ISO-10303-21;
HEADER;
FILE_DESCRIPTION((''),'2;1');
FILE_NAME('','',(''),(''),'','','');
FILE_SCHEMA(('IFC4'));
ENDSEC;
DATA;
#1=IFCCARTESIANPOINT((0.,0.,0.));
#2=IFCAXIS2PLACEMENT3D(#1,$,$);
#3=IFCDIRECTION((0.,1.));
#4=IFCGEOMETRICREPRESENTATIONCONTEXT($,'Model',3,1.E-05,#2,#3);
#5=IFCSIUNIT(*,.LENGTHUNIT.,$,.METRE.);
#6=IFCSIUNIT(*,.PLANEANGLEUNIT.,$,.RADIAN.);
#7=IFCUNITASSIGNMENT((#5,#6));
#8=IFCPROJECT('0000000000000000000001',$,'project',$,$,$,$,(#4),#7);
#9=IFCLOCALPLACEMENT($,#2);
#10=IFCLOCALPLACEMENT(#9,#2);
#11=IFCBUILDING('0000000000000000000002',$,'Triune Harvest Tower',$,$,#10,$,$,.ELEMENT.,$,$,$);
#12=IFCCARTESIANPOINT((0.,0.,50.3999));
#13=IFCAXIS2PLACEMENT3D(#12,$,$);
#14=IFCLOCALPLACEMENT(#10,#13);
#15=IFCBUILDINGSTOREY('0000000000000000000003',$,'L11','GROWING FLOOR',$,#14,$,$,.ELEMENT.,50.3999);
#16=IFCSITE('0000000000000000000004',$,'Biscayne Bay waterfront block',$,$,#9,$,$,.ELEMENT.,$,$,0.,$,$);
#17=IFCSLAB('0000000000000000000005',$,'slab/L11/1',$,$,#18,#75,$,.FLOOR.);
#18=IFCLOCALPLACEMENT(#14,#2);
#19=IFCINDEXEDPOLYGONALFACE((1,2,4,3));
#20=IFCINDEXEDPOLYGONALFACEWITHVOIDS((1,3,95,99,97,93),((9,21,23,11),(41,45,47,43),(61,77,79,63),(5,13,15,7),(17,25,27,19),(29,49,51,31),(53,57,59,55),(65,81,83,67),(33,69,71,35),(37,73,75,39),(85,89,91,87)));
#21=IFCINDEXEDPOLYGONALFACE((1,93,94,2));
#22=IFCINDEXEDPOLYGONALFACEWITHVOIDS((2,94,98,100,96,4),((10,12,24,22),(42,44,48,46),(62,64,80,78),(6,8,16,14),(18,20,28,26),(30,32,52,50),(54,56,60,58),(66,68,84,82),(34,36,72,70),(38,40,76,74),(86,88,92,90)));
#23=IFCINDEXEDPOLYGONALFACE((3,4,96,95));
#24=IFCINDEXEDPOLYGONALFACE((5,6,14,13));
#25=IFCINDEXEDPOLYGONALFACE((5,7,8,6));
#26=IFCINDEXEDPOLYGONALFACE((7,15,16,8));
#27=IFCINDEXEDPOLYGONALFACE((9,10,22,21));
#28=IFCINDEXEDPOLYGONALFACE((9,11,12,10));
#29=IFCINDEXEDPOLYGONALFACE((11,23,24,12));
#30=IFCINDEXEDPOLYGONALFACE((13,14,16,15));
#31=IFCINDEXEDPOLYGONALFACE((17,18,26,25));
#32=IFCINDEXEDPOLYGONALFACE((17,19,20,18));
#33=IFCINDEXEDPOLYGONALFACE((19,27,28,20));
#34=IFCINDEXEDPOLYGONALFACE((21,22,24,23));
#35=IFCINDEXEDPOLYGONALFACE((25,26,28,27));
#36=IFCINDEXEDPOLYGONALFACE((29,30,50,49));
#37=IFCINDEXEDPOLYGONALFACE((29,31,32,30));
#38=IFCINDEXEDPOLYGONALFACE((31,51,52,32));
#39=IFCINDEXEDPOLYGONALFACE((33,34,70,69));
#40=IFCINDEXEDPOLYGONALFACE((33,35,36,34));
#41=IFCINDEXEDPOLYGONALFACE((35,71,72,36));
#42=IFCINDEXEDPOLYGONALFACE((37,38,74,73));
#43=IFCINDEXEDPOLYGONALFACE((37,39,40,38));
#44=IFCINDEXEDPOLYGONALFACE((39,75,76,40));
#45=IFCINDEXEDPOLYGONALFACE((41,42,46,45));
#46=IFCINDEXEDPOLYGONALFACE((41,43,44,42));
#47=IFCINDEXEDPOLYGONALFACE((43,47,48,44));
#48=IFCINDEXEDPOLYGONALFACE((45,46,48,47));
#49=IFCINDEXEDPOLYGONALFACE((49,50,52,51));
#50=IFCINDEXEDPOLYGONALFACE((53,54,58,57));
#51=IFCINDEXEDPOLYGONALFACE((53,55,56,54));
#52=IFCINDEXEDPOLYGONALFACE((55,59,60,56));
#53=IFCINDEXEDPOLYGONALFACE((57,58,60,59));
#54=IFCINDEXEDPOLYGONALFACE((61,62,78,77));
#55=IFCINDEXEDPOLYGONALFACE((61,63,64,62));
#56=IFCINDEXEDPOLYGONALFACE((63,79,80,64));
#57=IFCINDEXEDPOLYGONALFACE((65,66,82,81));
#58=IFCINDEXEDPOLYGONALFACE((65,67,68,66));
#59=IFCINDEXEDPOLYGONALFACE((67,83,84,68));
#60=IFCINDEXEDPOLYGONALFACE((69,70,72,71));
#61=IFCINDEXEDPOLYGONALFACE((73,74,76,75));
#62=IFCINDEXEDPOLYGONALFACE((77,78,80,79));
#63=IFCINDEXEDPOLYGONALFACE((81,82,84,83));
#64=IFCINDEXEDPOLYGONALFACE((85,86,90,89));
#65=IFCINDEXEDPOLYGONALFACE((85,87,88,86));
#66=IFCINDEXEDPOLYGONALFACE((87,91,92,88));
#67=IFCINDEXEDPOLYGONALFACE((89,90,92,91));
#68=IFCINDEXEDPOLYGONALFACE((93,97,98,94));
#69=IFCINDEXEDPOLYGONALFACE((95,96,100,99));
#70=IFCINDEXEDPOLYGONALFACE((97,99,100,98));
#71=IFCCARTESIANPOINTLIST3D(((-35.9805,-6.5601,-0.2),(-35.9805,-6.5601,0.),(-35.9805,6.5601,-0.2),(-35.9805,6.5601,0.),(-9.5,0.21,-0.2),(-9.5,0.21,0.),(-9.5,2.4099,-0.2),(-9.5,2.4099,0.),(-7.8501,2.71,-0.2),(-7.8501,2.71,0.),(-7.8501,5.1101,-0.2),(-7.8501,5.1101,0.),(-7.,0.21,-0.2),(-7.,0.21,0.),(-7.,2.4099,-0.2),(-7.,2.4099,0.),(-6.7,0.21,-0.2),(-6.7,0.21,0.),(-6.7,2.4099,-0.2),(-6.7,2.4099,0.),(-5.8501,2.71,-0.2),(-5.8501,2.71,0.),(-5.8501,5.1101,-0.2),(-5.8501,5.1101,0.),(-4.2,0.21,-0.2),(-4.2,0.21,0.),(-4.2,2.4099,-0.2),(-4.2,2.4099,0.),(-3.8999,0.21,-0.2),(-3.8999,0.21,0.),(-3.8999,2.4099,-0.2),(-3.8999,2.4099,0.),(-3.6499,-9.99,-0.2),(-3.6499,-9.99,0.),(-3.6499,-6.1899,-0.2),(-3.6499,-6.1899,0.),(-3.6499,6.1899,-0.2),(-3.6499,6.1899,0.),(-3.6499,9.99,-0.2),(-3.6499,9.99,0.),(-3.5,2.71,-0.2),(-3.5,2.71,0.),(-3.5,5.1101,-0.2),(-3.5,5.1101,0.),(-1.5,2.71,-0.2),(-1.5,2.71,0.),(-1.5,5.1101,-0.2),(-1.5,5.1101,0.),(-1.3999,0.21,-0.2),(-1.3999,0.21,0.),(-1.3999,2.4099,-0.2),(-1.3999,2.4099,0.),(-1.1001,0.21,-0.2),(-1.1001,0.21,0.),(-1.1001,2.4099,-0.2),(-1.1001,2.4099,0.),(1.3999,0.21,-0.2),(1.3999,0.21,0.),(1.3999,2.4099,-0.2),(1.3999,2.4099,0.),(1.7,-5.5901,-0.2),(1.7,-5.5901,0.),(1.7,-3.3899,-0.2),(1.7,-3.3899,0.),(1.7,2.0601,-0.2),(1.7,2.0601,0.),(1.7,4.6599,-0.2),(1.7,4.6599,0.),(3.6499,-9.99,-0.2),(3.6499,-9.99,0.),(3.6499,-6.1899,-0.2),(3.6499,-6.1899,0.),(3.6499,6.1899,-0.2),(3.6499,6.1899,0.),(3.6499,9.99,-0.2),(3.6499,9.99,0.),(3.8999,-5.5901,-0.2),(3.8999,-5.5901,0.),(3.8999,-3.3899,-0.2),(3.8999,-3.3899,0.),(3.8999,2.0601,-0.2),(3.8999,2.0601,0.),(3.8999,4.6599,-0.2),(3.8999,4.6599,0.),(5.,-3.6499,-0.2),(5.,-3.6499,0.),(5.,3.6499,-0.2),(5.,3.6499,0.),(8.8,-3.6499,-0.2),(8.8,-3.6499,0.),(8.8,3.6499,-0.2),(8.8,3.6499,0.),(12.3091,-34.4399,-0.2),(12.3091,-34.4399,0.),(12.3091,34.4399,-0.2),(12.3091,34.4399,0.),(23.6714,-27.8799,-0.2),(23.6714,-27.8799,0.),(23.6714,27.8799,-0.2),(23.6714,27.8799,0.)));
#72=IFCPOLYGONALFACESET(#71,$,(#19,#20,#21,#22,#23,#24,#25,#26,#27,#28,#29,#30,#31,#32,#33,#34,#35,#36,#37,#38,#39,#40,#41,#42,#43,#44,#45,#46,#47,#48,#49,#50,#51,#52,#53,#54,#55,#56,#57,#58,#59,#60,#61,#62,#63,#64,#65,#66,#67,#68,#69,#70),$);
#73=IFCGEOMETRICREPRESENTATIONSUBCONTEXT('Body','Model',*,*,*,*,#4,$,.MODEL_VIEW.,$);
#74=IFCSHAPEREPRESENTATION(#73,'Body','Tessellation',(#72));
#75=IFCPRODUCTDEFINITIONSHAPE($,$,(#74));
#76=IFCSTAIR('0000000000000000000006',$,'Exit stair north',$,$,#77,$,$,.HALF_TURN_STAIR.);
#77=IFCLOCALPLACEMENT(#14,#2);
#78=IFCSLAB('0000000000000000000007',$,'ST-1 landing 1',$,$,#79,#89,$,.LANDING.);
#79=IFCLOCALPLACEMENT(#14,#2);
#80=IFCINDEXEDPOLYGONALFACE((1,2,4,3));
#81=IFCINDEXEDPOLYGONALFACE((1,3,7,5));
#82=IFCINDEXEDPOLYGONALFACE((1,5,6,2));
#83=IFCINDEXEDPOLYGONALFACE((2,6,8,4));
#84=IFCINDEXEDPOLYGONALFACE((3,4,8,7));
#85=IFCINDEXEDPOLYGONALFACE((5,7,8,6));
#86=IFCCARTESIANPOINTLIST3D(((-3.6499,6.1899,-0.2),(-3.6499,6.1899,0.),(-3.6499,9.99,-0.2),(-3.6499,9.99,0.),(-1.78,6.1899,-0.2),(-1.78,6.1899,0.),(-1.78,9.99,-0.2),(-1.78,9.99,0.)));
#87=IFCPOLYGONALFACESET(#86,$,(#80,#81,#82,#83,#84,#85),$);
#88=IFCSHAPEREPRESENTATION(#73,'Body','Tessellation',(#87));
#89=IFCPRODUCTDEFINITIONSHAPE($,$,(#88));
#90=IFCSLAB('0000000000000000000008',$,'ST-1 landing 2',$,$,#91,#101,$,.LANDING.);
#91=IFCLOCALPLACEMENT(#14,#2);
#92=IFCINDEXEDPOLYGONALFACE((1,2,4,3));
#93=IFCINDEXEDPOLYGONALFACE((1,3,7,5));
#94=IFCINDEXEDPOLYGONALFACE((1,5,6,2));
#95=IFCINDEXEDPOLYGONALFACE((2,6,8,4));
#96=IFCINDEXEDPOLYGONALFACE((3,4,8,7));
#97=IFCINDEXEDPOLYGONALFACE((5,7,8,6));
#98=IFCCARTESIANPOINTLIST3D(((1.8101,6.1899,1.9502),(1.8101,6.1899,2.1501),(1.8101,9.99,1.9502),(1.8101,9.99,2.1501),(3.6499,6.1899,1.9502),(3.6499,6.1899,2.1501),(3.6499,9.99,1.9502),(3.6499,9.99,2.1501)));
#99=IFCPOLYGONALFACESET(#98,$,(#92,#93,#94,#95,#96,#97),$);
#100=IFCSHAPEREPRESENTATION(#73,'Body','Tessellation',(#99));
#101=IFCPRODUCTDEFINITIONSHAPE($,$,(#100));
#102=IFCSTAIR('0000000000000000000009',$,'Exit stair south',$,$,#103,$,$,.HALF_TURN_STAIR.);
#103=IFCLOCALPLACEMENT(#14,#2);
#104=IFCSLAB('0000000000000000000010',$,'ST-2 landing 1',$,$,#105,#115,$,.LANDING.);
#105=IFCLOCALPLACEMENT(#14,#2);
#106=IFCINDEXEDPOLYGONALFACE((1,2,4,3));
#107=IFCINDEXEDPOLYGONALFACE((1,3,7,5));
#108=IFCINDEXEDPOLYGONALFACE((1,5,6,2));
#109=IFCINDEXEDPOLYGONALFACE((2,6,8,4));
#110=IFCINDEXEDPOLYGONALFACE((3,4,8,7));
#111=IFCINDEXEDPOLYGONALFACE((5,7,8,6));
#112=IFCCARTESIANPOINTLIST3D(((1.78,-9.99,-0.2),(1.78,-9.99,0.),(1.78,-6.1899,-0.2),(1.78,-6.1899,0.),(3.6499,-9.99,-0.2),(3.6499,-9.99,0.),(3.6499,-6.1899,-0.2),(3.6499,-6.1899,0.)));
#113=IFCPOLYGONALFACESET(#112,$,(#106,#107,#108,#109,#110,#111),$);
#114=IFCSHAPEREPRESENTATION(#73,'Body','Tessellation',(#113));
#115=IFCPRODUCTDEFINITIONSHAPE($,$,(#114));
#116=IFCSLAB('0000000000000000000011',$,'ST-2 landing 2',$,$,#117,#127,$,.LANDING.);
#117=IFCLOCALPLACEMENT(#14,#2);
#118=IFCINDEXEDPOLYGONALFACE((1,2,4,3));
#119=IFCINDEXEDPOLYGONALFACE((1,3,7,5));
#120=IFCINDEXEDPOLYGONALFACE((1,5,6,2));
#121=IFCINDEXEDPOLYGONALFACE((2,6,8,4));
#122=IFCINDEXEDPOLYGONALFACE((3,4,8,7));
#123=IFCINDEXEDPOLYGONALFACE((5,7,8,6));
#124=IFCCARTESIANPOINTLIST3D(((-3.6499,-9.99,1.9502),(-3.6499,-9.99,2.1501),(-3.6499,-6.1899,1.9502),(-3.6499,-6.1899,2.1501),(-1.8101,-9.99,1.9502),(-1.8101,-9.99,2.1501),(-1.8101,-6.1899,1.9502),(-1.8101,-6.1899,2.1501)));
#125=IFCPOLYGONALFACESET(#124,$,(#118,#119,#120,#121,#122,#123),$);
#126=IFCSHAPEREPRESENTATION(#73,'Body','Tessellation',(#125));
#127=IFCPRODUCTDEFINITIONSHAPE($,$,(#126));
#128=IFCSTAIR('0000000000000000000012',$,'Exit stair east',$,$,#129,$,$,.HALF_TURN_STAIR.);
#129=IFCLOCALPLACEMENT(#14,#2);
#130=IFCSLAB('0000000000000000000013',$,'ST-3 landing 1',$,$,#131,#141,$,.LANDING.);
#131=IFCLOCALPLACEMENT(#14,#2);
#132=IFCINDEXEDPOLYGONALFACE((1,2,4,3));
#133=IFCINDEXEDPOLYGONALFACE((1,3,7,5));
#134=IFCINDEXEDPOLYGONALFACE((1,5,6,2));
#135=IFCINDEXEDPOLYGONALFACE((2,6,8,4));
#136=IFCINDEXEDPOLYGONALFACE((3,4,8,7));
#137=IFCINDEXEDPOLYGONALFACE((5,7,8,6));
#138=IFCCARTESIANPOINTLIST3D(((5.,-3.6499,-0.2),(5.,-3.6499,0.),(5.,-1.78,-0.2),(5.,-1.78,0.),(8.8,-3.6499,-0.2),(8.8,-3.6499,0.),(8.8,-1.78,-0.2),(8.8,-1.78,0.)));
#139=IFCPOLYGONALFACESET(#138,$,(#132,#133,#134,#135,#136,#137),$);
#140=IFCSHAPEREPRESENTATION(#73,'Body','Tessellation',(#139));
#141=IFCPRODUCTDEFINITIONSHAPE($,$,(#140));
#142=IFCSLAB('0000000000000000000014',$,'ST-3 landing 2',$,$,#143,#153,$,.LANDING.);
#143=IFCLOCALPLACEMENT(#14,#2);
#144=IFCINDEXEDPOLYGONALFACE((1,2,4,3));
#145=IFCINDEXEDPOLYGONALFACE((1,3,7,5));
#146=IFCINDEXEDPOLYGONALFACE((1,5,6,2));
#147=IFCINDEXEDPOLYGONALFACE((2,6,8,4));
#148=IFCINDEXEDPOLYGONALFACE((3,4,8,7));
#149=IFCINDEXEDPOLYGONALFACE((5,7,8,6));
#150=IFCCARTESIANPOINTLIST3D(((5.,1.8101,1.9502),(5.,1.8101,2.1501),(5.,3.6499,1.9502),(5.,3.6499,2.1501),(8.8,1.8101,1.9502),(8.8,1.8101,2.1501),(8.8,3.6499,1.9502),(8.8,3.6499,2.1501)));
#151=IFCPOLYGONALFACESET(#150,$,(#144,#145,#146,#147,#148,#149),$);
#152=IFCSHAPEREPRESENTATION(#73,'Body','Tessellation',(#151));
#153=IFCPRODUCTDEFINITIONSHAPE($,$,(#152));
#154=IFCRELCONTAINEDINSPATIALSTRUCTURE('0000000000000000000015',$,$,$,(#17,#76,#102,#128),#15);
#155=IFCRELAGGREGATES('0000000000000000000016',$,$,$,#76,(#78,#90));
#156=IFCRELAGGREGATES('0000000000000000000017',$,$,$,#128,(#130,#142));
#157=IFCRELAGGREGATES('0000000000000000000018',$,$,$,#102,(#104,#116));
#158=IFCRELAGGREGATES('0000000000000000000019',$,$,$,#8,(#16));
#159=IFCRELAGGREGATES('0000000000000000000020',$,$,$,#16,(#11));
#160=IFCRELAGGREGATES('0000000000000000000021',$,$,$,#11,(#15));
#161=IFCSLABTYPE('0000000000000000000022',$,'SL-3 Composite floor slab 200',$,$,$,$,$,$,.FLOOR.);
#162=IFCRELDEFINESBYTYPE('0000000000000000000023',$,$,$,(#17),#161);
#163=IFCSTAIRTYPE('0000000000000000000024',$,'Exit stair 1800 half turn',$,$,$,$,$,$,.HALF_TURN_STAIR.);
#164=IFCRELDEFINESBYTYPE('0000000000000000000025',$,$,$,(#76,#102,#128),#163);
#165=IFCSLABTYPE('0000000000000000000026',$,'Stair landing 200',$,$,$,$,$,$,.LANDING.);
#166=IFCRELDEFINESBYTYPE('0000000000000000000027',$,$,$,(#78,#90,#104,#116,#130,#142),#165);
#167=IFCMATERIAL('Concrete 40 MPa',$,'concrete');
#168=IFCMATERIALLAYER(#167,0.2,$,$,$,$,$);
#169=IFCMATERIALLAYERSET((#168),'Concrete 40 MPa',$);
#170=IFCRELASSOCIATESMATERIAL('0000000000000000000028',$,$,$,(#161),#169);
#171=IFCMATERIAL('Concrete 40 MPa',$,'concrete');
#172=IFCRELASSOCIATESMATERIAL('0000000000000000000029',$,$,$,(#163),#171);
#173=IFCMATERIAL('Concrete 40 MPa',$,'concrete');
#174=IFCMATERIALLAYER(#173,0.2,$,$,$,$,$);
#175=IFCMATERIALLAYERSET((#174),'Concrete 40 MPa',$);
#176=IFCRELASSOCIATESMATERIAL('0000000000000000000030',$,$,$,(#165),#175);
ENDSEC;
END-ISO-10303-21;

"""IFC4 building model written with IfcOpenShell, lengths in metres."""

from ifc_helpers import new_model, si_unit, direction, frame, origin, place, context, subcontext, project, spatial, polyline, outline, extrude, source, transform, mapped, material, layer, layer_set, type_object, element, aggregate, save


model = new_model("IFC4")

# Units and contexts
model_context = context("Model", 3, precision=1e-05, world=origin(), true_north=direction((0.0, 1.0)))
body_context = subcontext(model_context, "Body", "Model", "MODEL_VIEW")
ifc_project = project(units=[si_unit("LENGTHUNIT", "METRE"), si_unit("PLANEANGLEUNIT", "RADIAN")], contexts=[model_context])

# Site, building, storey
site_placement = place(None, origin())
site = spatial("IfcSite", under=ifc_project, at=site_placement, Name="Biscayne Bay waterfront block", CompositionType="ELEMENT", RefElevation=0.0)
building_placement = place(site_placement, origin())
building = spatial("IfcBuilding", under=site, at=building_placement, Name="Triune Harvest Tower", CompositionType="ELEMENT")
storey_placement = place(building_placement, frame((0.0, 0.0, 50.3999)))
storey = spatial("IfcBuildingStorey", under=building, at=storey_placement, Name="L11", Description="GROWING FLOOR", CompositionType="ELEMENT", Elevation=50.3999)

# Slab
ifc_material_1 = material(Name="Concrete 40 MPa", Category="concrete")
ifc_layer_1 = layer(ifc_material_1, 0.2)
ifc_layer_set_1 = layer_set([ifc_layer_1], Name="Concrete 40 MPa")
slab_type_1 = type_object("IfcSlabType", Name="SL-3 Composite floor slab 200", PredefinedType="FLOOR", material=ifc_layer_set_1)
shared_shape_1 = source(origin(), body_context, "Body", "SweptSolid", [
    extrude(outline(polyline([(23.6714, -27.8799), (23.6714, 27.8799), (12.3091, 34.4399), (-35.9805, 6.5601), (-35.9805, -6.5601), (12.3091, -34.4399), (23.6714, -27.8799)]), holes=[polyline([(-7.0, 0.21), (-7.0, 2.4099), (-9.5, 2.4099), (-9.5, 0.21), (-7.0, 0.21)]), polyline([(-4.2, 0.21), (-4.2, 2.4099), (-6.7, 2.4099), (-6.7, 0.21), (-4.2, 0.21)]), polyline([(-1.3999, 0.21), (-1.3999, 2.4099), (-3.8999, 2.4099), (-3.8999, 0.21), (-1.3999, 0.21)]), polyline([(1.3999, 0.21), (1.3999, 2.4099), (-1.1001, 2.4099), (-1.1001, 0.21), (1.3999, 0.21)]), polyline([(3.8999, 2.0601), (3.8999, 4.6599), (1.7, 4.6599), (1.7, 2.0601), (3.8999, 2.0601)]), polyline([(3.8999, -5.5901), (3.8999, -3.3899), (1.7, -3.3899), (1.7, -5.5901), (3.8999, -5.5901)]), polyline([(-5.8501, 2.71), (-5.8501, 5.1101), (-7.8501, 5.1101), (-7.8501, 2.71), (-5.8501, 2.71)]), polyline([(-1.5, 2.71), (-1.5, 5.1101), (-3.5, 5.1101), (-3.5, 2.71), (-1.5, 2.71)]), polyline([(3.6499, 6.1899), (3.6499, 9.99), (-3.6499, 9.99), (-3.6499, 6.1899), (3.6499, 6.1899)]), polyline([(3.6499, -9.99), (3.6499, -6.1899), (-3.6499, -6.1899), (-3.6499, -9.99), (3.6499, -9.99)]), polyline([(8.8, -3.6499), (8.8, 3.6499), (5.0, 3.6499), (5.0, -3.6499), (8.8, -3.6499)])]), origin(), (0.0, 0.0, 1.0), 0.2),
])
slab_1_placement = place(storey_placement, frame((0.0, 0.0, -0.2)))
element("IfcSlab", 1, at=slab_1_placement, inside=storey, type_object=slab_type_1, Name="slab/L11/1", PredefinedType="FLOOR", context=body_context, shape_type="MappedRepresentation", body=[
    mapped(shared_shape_1, transform((0.0, 0.0, 0.0), scale=1.0)),
])

# Stairs, slabs
ifc_material_2 = material(Name="Concrete 40 MPa", Category="concrete")
stair_type = type_object("IfcStairType", Name="Exit stair 1800 half turn", PredefinedType="HALF_TURN_STAIR", material=ifc_material_2)
stair_1_placement = place(storey_placement, origin())
stair_1 = element("IfcStair", 2, at=stair_1_placement, inside=storey, type_object=stair_type, Name="Exit stair north", PredefinedType="HALF_TURN_STAIR")
ifc_material_3 = material(Name="Concrete 40 MPa", Category="concrete")
ifc_layer_2 = layer(ifc_material_3, 0.2)
ifc_layer_set_2 = layer_set([ifc_layer_2], Name="Concrete 40 MPa")
slab_type_2 = type_object("IfcSlabType", Name="Stair landing 200", PredefinedType="LANDING", material=ifc_layer_set_2)
shared_shape_2 = source(origin(), body_context, "Body", "SweptSolid", [
    extrude(outline(polyline([(-3.6499, 6.1899), (-1.78, 6.1899), (-1.78, 9.99), (-3.6499, 9.99), (-3.6499, 6.1899)])), origin(), (0.0, 0.0, 1.0), 0.2),
])
slab_2_placement = place(storey_placement, frame((0.0, 0.0, -0.2)))
slab_2 = element("IfcSlab", 3, at=slab_2_placement, type_object=slab_type_2, Name="ST-1 landing 1", PredefinedType="LANDING", context=body_context, shape_type="MappedRepresentation", body=[
    mapped(shared_shape_2, transform((0.0, 0.0, 0.0), scale=1.0)),
])
shared_shape_3 = source(origin(), body_context, "Body", "SweptSolid", [
    extrude(outline(polyline([(1.8101, 6.1899), (3.6499, 6.1899), (3.6499, 9.99), (1.8101, 9.99), (1.8101, 6.1899)])), origin(), (0.0, 0.0, 1.0), 0.2),
])
slab_3_placement = place(storey_placement, frame((0.0, 0.0, 1.9502)))
slab_3 = element("IfcSlab", 4, at=slab_3_placement, type_object=slab_type_2, Name="ST-1 landing 2", PredefinedType="LANDING", context=body_context, shape_type="MappedRepresentation", body=[
    mapped(shared_shape_3, transform((0.0, 0.0, 0.0), scale=1.0)),
])
aggregate(stair_1, [slab_2, slab_3])
stair_2_placement = place(storey_placement, origin())
stair_2 = element("IfcStair", 5, at=stair_2_placement, inside=storey, type_object=stair_type, Name="Exit stair south", PredefinedType="HALF_TURN_STAIR")
shared_shape_4 = source(origin(), body_context, "Body", "SweptSolid", [
    extrude(outline(polyline([(3.6499, -6.1899), (1.78, -6.1899), (1.78, -9.99), (3.6499, -9.99), (3.6499, -6.1899)])), origin(), (0.0, 0.0, 1.0), 0.2),
])
slab_4_placement = place(storey_placement, frame((0.0, 0.0, -0.2)))
slab_4 = element("IfcSlab", 6, at=slab_4_placement, type_object=slab_type_2, Name="ST-2 landing 1", PredefinedType="LANDING", context=body_context, shape_type="MappedRepresentation", body=[
    mapped(shared_shape_4, transform((0.0, 0.0, 0.0), scale=1.0)),
])
shared_shape_5 = source(origin(), body_context, "Body", "SweptSolid", [
    extrude(outline(polyline([(-1.8101, -6.1899), (-3.6499, -6.1899), (-3.6499, -9.99), (-1.8101, -9.99), (-1.8101, -6.1899)])), origin(), (0.0, 0.0, 1.0), 0.2),
])
slab_5_placement = place(storey_placement, frame((0.0, 0.0, 1.9502)))
slab_5 = element("IfcSlab", 7, at=slab_5_placement, type_object=slab_type_2, Name="ST-2 landing 2", PredefinedType="LANDING", context=body_context, shape_type="MappedRepresentation", body=[
    mapped(shared_shape_5, transform((0.0, 0.0, 0.0), scale=1.0)),
])
stair_3_placement = place(storey_placement, origin())
stair_3 = element("IfcStair", 8, at=stair_3_placement, inside=storey, type_object=stair_type, Name="Exit stair east", PredefinedType="HALF_TURN_STAIR")
shared_shape_6 = source(origin(), body_context, "Body", "SweptSolid", [
    extrude(outline(polyline([(8.8, -3.6499), (8.8, -1.78), (5.0, -1.78), (5.0, -3.6499), (8.8, -3.6499)])), origin(), (0.0, 0.0, 1.0), 0.2),
])
slab_6_placement = place(storey_placement, frame((0.0, 0.0, -0.2)))
slab_6 = element("IfcSlab", 9, at=slab_6_placement, type_object=slab_type_2, Name="ST-3 landing 1", PredefinedType="LANDING", context=body_context, shape_type="MappedRepresentation", body=[
    mapped(shared_shape_6, transform((0.0, 0.0, 0.0), scale=1.0)),
])
shared_shape_7 = source(origin(), body_context, "Body", "SweptSolid", [
    extrude(outline(polyline([(8.8, 1.8101), (8.8, 3.6499), (5.0, 3.6499), (5.0, 1.8101), (8.8, 1.8101)])), origin(), (0.0, 0.0, 1.0), 0.2),
])
slab_7_placement = place(storey_placement, frame((0.0, 0.0, 1.9502)))
slab_7 = element("IfcSlab", 10, at=slab_7_placement, type_object=slab_type_2, Name="ST-3 landing 2", PredefinedType="LANDING", context=body_context, shape_type="MappedRepresentation", body=[
    mapped(shared_shape_7, transform((0.0, 0.0, 0.0), scale=1.0)),
])
aggregate(stair_3, [slab_6, slab_7])

aggregate(stair_2, [slab_4, slab_5])

save(model, "model.ifc")
